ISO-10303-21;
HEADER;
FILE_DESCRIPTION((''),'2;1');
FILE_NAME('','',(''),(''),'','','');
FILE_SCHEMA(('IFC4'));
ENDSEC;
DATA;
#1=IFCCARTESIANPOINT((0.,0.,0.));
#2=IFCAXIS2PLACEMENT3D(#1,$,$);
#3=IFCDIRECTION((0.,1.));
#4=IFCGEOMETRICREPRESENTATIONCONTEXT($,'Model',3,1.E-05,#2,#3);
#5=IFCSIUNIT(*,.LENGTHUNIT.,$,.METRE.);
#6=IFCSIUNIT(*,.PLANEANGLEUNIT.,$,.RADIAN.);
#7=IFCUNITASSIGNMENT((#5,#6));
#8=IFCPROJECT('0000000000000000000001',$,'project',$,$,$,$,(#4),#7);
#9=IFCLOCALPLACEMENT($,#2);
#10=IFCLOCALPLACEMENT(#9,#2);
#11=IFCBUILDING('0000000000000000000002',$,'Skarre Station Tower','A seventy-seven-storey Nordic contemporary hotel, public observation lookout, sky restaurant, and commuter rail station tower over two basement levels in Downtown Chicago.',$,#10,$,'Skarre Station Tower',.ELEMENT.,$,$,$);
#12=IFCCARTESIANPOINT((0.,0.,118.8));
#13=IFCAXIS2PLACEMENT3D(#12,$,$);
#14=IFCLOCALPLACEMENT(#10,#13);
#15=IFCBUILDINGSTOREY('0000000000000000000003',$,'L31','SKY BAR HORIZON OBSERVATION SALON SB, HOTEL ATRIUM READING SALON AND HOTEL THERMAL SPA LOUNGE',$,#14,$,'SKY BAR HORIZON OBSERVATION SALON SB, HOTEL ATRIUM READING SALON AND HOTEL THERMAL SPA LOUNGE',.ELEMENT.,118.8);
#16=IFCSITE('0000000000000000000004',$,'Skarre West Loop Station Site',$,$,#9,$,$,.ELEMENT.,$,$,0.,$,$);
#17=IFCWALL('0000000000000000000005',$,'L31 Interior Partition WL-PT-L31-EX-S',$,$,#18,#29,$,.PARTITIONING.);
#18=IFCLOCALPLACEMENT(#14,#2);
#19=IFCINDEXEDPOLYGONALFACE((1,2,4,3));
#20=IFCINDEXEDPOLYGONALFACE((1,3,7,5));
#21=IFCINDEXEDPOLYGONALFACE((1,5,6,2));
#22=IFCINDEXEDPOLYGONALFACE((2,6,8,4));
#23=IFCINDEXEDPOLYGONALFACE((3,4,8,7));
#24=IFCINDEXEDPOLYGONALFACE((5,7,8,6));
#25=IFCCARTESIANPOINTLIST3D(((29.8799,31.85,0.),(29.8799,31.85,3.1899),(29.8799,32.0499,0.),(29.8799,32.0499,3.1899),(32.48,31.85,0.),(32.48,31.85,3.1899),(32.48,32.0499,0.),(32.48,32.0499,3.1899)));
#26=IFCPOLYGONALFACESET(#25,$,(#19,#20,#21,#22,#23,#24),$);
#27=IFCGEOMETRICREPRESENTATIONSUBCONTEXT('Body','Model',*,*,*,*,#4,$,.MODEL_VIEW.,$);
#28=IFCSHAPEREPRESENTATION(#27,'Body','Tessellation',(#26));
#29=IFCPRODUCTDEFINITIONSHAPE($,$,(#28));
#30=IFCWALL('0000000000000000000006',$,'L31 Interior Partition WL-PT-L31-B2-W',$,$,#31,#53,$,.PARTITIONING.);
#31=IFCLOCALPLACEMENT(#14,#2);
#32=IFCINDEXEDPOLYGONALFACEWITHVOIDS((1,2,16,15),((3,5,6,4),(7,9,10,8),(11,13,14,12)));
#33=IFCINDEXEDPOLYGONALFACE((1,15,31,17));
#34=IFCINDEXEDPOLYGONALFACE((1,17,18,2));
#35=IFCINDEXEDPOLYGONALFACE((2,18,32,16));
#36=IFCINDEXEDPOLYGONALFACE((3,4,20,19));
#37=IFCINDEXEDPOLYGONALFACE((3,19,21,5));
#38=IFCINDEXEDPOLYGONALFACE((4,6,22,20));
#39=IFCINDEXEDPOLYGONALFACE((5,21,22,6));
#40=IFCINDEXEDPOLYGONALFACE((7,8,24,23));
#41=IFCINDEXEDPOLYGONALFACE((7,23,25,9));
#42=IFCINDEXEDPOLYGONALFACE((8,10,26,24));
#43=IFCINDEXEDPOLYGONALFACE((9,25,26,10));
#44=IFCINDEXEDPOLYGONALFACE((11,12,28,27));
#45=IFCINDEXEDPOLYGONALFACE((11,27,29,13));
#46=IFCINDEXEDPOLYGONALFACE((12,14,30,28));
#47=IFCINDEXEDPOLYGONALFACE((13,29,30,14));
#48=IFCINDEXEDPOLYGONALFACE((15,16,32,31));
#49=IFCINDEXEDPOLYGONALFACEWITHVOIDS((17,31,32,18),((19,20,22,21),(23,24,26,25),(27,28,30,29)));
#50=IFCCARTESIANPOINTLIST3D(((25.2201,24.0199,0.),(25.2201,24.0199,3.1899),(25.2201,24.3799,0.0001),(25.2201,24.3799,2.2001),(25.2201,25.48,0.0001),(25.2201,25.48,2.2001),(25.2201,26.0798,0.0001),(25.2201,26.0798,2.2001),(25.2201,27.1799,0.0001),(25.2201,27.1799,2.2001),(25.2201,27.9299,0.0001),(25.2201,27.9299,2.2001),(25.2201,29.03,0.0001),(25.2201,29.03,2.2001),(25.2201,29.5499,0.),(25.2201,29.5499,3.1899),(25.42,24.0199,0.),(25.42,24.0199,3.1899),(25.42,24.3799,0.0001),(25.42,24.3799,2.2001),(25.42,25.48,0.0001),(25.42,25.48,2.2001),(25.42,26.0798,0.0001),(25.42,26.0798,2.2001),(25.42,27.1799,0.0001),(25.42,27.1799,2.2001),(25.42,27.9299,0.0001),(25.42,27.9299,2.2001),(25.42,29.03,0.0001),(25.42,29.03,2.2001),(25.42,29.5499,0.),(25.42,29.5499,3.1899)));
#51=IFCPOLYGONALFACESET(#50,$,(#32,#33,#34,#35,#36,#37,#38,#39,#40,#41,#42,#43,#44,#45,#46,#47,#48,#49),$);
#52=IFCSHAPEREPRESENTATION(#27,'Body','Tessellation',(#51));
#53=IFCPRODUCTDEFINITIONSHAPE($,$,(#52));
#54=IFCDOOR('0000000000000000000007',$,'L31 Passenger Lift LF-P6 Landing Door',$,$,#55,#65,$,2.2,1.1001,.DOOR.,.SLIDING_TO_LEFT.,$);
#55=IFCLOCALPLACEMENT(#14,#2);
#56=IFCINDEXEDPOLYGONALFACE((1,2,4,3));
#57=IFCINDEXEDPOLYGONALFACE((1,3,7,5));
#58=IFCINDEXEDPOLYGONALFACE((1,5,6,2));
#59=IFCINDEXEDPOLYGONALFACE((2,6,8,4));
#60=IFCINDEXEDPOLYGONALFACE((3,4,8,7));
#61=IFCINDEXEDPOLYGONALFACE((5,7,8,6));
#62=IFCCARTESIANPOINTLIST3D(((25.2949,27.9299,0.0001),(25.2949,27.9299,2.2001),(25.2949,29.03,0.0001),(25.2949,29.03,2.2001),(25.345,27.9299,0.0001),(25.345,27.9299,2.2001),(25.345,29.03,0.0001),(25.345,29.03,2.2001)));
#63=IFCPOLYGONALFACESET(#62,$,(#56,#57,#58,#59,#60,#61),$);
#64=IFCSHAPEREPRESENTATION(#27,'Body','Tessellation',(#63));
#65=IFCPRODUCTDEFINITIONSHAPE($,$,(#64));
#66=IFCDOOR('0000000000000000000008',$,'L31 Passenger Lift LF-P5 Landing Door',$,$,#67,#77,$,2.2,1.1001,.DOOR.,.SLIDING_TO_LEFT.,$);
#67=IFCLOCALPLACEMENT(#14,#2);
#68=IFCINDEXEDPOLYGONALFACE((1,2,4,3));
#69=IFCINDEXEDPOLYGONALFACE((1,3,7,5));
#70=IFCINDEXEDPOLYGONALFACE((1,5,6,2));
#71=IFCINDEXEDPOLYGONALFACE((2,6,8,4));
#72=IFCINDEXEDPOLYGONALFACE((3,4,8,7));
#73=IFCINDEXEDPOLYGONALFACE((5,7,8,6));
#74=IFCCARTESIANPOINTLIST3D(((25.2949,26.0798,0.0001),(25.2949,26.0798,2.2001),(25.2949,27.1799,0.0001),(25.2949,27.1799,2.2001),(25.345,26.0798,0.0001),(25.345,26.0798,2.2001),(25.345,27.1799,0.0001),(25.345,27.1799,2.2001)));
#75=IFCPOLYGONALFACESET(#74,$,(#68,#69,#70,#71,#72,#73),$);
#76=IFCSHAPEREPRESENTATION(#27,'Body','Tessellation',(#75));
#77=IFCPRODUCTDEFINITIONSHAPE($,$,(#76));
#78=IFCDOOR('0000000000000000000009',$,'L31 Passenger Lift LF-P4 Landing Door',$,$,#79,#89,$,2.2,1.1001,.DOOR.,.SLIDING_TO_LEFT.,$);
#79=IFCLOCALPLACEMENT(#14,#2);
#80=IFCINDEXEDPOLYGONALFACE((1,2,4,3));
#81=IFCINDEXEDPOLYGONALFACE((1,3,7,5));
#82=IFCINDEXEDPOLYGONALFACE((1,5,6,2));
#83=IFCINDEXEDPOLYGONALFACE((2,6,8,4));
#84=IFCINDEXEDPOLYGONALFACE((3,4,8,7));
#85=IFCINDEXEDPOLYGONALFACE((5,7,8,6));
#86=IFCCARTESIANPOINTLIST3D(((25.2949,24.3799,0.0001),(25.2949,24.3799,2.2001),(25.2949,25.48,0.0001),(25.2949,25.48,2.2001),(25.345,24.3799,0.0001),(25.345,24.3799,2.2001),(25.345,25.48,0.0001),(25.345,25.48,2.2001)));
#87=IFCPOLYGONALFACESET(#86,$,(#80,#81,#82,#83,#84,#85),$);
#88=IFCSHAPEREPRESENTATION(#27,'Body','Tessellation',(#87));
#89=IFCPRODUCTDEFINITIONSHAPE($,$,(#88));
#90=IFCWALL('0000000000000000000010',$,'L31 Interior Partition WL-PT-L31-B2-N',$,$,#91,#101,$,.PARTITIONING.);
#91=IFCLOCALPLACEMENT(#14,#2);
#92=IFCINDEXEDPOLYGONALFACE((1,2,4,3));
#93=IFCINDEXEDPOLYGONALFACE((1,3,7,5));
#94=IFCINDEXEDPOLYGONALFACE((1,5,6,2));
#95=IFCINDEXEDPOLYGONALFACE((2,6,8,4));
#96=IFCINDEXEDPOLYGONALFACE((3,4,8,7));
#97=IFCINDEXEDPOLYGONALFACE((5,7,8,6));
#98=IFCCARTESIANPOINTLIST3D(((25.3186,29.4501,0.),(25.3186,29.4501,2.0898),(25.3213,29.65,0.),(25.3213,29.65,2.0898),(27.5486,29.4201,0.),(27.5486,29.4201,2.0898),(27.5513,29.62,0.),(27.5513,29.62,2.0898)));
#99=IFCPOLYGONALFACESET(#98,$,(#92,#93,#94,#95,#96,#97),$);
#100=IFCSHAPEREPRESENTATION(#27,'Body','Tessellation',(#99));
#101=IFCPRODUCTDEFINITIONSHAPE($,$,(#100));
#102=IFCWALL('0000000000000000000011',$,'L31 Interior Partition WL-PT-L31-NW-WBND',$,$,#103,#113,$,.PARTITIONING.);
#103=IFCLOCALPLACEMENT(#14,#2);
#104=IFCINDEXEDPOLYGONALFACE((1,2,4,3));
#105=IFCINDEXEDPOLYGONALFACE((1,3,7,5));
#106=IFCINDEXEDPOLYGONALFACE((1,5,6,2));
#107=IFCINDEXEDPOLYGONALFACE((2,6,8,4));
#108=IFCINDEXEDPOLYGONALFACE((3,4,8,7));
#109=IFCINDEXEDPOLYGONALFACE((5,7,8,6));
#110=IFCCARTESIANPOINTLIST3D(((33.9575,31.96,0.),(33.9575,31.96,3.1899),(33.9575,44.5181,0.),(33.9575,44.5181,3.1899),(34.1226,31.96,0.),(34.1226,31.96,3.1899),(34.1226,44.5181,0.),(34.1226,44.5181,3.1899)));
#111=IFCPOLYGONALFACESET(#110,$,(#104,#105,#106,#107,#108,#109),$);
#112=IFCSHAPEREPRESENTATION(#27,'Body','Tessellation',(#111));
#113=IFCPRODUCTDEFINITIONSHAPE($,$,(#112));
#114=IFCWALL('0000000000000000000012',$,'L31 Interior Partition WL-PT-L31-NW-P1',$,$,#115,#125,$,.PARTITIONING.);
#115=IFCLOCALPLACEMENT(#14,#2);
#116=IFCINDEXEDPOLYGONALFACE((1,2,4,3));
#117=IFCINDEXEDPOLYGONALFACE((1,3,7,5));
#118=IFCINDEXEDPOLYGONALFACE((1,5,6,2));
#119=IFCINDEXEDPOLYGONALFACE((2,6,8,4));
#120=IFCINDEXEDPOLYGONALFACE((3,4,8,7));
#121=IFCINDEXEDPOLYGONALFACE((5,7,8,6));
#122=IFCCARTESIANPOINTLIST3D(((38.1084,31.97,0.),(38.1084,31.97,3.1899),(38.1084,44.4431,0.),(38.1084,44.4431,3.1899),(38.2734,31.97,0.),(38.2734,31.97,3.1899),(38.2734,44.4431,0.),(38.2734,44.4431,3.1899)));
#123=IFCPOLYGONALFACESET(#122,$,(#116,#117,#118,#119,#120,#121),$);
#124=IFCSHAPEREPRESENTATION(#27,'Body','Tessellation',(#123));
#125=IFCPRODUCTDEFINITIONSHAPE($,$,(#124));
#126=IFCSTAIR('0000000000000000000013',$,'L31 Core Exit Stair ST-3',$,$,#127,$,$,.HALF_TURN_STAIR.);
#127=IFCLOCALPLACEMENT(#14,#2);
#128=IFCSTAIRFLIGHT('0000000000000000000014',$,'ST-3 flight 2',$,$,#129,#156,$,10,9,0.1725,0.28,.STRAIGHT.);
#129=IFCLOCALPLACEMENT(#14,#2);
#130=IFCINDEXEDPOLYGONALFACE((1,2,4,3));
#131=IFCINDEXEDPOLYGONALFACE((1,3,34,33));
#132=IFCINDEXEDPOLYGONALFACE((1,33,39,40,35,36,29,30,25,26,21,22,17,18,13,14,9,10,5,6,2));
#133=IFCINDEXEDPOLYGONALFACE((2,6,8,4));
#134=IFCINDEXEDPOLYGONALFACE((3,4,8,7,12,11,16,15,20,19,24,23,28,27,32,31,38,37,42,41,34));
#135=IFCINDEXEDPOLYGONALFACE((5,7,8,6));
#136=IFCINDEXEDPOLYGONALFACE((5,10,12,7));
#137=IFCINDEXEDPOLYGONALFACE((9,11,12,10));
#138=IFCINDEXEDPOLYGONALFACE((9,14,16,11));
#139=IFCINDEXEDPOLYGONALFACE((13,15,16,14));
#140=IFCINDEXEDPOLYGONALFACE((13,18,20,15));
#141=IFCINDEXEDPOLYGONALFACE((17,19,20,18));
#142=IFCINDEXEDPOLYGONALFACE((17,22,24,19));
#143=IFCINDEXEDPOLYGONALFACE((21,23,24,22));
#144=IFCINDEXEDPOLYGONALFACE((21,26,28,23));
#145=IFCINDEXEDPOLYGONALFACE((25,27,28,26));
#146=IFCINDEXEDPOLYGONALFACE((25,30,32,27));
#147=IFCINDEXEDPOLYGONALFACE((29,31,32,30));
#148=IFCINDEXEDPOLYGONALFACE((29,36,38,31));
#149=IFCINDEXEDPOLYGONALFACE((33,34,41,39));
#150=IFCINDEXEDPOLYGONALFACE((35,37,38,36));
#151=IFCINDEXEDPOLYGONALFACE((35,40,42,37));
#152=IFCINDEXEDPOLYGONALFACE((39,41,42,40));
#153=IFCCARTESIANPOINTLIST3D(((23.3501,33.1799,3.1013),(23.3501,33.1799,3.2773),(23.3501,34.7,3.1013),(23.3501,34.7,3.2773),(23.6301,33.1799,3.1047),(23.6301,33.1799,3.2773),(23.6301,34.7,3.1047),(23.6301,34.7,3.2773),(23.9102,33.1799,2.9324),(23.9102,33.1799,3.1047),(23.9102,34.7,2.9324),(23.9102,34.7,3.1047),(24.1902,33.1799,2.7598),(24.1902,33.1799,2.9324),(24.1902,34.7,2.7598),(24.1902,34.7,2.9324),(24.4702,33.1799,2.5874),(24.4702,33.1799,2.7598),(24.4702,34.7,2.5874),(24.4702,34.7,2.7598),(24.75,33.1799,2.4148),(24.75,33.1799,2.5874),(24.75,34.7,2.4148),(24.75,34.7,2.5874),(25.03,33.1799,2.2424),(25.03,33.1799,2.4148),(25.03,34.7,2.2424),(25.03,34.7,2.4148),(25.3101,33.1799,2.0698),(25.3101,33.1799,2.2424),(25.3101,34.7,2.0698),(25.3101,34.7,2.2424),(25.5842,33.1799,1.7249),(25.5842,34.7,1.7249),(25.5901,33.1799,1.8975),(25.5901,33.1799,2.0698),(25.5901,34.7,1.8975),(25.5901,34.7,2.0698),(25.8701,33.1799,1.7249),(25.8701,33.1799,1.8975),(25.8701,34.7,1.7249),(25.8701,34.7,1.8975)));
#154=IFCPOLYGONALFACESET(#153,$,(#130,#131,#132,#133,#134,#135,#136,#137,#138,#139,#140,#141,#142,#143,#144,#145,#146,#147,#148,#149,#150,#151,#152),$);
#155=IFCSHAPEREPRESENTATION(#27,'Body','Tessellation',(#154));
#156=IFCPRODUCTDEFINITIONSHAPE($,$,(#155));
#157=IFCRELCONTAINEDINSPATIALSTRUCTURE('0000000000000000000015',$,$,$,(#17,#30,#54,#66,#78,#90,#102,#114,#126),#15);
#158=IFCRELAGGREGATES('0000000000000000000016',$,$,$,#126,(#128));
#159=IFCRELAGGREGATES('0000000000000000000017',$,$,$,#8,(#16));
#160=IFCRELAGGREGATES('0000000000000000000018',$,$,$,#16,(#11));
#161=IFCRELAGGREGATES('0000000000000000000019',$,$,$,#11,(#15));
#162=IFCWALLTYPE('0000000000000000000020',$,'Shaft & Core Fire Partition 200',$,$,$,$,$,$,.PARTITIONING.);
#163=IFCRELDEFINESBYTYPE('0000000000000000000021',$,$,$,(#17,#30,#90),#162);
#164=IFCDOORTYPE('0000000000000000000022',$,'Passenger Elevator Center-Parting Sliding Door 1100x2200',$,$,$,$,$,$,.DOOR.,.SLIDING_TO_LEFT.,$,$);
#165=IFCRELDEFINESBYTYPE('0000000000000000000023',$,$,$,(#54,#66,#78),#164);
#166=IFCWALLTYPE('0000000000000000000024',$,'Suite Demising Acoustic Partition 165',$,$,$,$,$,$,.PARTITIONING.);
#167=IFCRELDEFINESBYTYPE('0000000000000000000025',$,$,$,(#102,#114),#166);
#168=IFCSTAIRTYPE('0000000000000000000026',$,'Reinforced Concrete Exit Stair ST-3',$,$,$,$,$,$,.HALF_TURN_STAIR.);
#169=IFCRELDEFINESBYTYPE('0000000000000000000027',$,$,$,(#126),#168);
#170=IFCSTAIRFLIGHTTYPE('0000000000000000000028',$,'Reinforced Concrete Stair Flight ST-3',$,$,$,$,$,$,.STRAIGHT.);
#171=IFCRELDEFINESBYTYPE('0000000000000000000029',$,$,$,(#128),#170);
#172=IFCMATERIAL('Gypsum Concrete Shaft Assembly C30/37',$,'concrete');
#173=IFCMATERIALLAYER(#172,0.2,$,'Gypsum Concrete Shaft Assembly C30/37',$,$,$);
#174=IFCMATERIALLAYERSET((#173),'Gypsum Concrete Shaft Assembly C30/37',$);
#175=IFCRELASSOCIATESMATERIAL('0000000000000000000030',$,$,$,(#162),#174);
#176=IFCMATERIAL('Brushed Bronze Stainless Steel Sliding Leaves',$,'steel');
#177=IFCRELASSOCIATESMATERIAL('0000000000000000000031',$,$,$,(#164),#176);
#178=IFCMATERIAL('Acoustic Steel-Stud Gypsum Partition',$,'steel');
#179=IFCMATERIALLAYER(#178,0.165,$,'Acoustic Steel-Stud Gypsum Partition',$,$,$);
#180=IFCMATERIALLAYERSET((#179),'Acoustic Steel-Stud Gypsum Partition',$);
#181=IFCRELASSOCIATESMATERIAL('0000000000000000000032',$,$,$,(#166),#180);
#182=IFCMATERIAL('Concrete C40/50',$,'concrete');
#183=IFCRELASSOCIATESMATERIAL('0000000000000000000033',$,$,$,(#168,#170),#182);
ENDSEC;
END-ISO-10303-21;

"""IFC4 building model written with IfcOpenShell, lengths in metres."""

from ifc_helpers import new_model, si_unit, direction, frame, frame_2d, origin, place, context, subcontext, project, spatial, polyline, rectangle, outline, extrude, material, layer, layer_set, type_object, element, fill, aggregate, save


model = new_model("IFC4")

# Units and contexts
model_context = context("Model", 3, precision=1e-05, world=origin(), true_north=direction((0.0, 1.0)))
body_context = subcontext(model_context, "Body", "Model", "MODEL_VIEW")
ifc_project = project(units=[si_unit("LENGTHUNIT", "METRE"), si_unit("PLANEANGLEUNIT", "RADIAN")], contexts=[model_context])

# Site, building, storey
site_placement = place(None, origin())
site = spatial("IfcSite", under=ifc_project, at=site_placement, Name="Skarre West Loop Station Site", CompositionType="ELEMENT", RefElevation=0.0)
building_placement = place(site_placement, origin())
building = spatial("IfcBuilding", under=site, at=building_placement, Name="Skarre Station Tower", Description="A seventy-seven-storey Nordic contemporary hotel, public observation lookout, sky restaurant, and commuter rail station tower over two basement levels in Downtown Chicago.", LongName="Skarre Station Tower", CompositionType="ELEMENT")
storey_placement = place(building_placement, frame((0.0, 0.0, 118.8)))
storey = spatial("IfcBuildingStorey", under=building, at=storey_placement, Name="L31", Description="SKY BAR HORIZON OBSERVATION SALON SB, HOTEL ATRIUM READING SALON AND HOTEL THERMAL SPA LOUNGE", LongName="SKY BAR HORIZON OBSERVATION SALON SB, HOTEL ATRIUM READING SALON AND HOTEL THERMAL SPA LOUNGE", CompositionType="ELEMENT", Elevation=118.8)

# Shared definitions
ifc_material_1 = material(Name="Acoustic Steel-Stud Gypsum Partition", Category="steel")

# Wall
ifc_material_2 = material(Name="Gypsum Concrete Shaft Assembly C30/37", Category="concrete")
ifc_layer_1 = layer(ifc_material_2, 0.2, Name="Gypsum Concrete Shaft Assembly C30/37")
ifc_layer_set_1 = layer_set([ifc_layer_1], Name="Gypsum Concrete Shaft Assembly C30/37")
wall_type_1 = type_object("IfcWallType", Name="Shaft & Core Fire Partition 200", PredefinedType="PARTITIONING", material=ifc_layer_set_1)
wall_1_placement = place(storey_placement, frame((32.48, 31.95, 0.0), z_axis=(0.0, 0.0, 1.0), x_axis=(-1.0, 0.0, 0.0)))
element("IfcWall", 1, at=wall_1_placement, inside=storey, type_object=wall_type_1, Name="L31 Interior Partition WL-PT-L31-EX-S", PredefinedType="PARTITIONING", context=body_context, shape_type="SweptSolid", body=[
    extrude(rectangle(XDim=2.6001, YDim=0.2, at=frame_2d((1.3, 0.0))), origin(), (0.0, 0.0, 1.0), 3.1899),
])

# Wall, openings, doors
wall_2_placement = place(storey_placement, frame((25.3201, 29.55, 0.0), z_axis=(0.0, 0.0, 1.0), x_axis=(0.0, -1.0, 0.0)))
wall_2 = element("IfcWall", 2, at=wall_2_placement, inside=storey, type_object=wall_type_1, Name="L31 Interior Partition WL-PT-L31-B2-W", PredefinedType="PARTITIONING", context=body_context, shape_type="SweptSolid", body=[
    extrude(rectangle(XDim=5.53, YDim=0.2, at=frame_2d((2.7651, 0.0))), origin(), (0.0, 0.0, 1.0), 3.1899),
])
opening_1_placement = place(wall_2_placement, frame((0.52, 0.0, 0.0)))
opening_1 = element("IfcOpeningElement", 3, at=opening_1_placement, cuts=wall_2, PredefinedType="OPENING", context=body_context, shape_type="SweptSolid", body=[
    extrude(rectangle(XDim=1.1001, YDim=2.2, at=frame_2d((0.55, 1.1001))), frame((0.0, 0.1099, 0.0), z_axis=(0.0, -1.0, 0.0), x_axis=(1.0, 0.0, 0.0)), (0.0, 0.0, 1.0), 0.22),
])
opening_2_placement = place(wall_2_placement, frame((2.3701, 0.0, 0.0)))
opening_2 = element("IfcOpeningElement", 4, at=opening_2_placement, cuts=wall_2, PredefinedType="OPENING", context=body_context, shape_type="SweptSolid", body=[
    extrude(rectangle(XDim=1.1001, YDim=2.2, at=frame_2d((0.55, 1.1001))), frame((0.0, 0.1099, 0.0), z_axis=(0.0, -1.0, 0.0), x_axis=(1.0, 0.0, 0.0)), (0.0, 0.0, 1.0), 0.22),
])
opening_3_placement = place(wall_2_placement, frame((4.0701, 0.0, 0.0)))
opening_3 = element("IfcOpeningElement", 5, at=opening_3_placement, cuts=wall_2, PredefinedType="OPENING", context=body_context, shape_type="SweptSolid", body=[
    extrude(rectangle(XDim=1.1001, YDim=2.2, at=frame_2d((0.55, 1.1001))), frame((0.0, 0.1099, 0.0), z_axis=(0.0, -1.0, 0.0), x_axis=(1.0, 0.0, 0.0)), (0.0, 0.0, 1.0), 0.22),
])
ifc_material_3 = material(Name="Brushed Bronze Stainless Steel Sliding Leaves", Category="steel")
door_type_1 = type_object("IfcDoorType", Name="Passenger Elevator Center-Parting Sliding Door 1100x2200", OperationType="SLIDING_TO_LEFT", PredefinedType="DOOR", material=ifc_material_3)
door_1_placement = place(opening_1_placement, origin())
door_1 = element("IfcDoor", 6, at=door_1_placement, inside=storey, type_object=door_type_1, Name="L31 Passenger Lift LF-P6 Landing Door", OperationType="SLIDING_TO_LEFT", OverallHeight=2.2, OverallWidth=1.1001, PredefinedType="DOOR", context=body_context, shape_type="SweptSolid", body=[
    extrude(rectangle(XDim=1.1001, YDim=2.2, at=frame_2d((0.55, 1.1001))), frame((0.0, 0.0249, 0.0), z_axis=(0.0, -1.0, 0.0), x_axis=(1.0, 0.0, 0.0)), (0.0, 0.0, 1.0), 0.05),
])
fill(opening_1, door_1)
door_2_placement = place(opening_2_placement, origin())
door_2 = element("IfcDoor", 7, at=door_2_placement, inside=storey, type_object=door_type_1, Name="L31 Passenger Lift LF-P5 Landing Door", OperationType="SLIDING_TO_LEFT", OverallHeight=2.2, OverallWidth=1.1001, PredefinedType="DOOR", context=body_context, shape_type="SweptSolid", body=[
    extrude(rectangle(XDim=1.1001, YDim=2.2, at=frame_2d((0.55, 1.1001))), frame((0.0, 0.0249, 0.0), z_axis=(0.0, -1.0, 0.0), x_axis=(1.0, 0.0, 0.0)), (0.0, 0.0, 1.0), 0.05),
])
fill(opening_2, door_2)
door_3_placement = place(opening_3_placement, origin())
door_3 = element("IfcDoor", 8, at=door_3_placement, inside=storey, type_object=door_type_1, Name="L31 Passenger Lift LF-P4 Landing Door", OperationType="SLIDING_TO_LEFT", OverallHeight=2.2, OverallWidth=1.1001, PredefinedType="DOOR", context=body_context, shape_type="SweptSolid", body=[
    extrude(rectangle(XDim=1.1001, YDim=2.2, at=frame_2d((0.55, 1.1001))), frame((0.0, 0.0249, 0.0), z_axis=(0.0, -1.0, 0.0), x_axis=(1.0, 0.0, 0.0)), (0.0, 0.0, 1.0), 0.05),
])
fill(opening_3, door_3)

# Walls
wall_3_placement = place(storey_placement, frame((27.55, 29.52, 0.0), z_axis=(0.0, 0.0, 1.0), x_axis=(-0.999909, 0.013465, 0.0)))
element("IfcWall", 9, at=wall_3_placement, inside=storey, type_object=wall_type_1, Name="L31 Interior Partition WL-PT-L31-B2-N", PredefinedType="PARTITIONING", context=body_context, shape_type="SweptSolid", body=[
    extrude(rectangle(XDim=2.2302, YDim=0.2, at=frame_2d((1.1152, 0.0))), origin(), (0.0, 0.0, 1.0), 2.0898),
])
ifc_layer_2 = layer(ifc_material_1, 0.165, Name="Acoustic Steel-Stud Gypsum Partition")
ifc_layer_set_2 = layer_set([ifc_layer_2], Name="Acoustic Steel-Stud Gypsum Partition")
wall_type_2 = type_object("IfcWallType", Name="Suite Demising Acoustic Partition 165", PredefinedType="PARTITIONING", material=ifc_layer_set_2)
wall_4_placement = place(storey_placement, frame((34.04, 31.96, 0.0), z_axis=(0.0, 0.0, 1.0), x_axis=(0.0, 1.0, 0.0)))
element("IfcWall", 10, at=wall_4_placement, inside=storey, type_object=wall_type_2, Name="L31 Interior Partition WL-PT-L31-NW-WBND", PredefinedType="PARTITIONING", context=body_context, shape_type="SweptSolid", body=[
    extrude(rectangle(XDim=12.5581, YDim=0.165, at=frame_2d((6.2791, 0.0))), origin(), (0.0, 0.0, 1.0), 3.1899),
])
wall_5_placement = place(storey_placement, frame((38.1909, 31.97, 0.0), z_axis=(0.0, 0.0, 1.0), x_axis=(0.0, 1.0, 0.0)))
element("IfcWall", 11, at=wall_5_placement, inside=storey, type_object=wall_type_2, Name="L31 Interior Partition WL-PT-L31-NW-P1", PredefinedType="PARTITIONING", context=body_context, shape_type="SweptSolid", body=[
    extrude(rectangle(XDim=12.4731, YDim=0.165, at=frame_2d((6.2366, 0.0))), origin(), (0.0, 0.0, 1.0), 3.1899),
])

# Stair, stair flight
ifc_material_4 = material(Name="Concrete C40/50", Category="concrete")
stair_type = type_object("IfcStairType", Name="Reinforced Concrete Exit Stair ST-3", PredefinedType="HALF_TURN_STAIR", material=ifc_material_4)
stair_placement = place(storey_placement, origin())
stair = element("IfcStair", 12, at=stair_placement, inside=storey, type_object=stair_type, Name="L31 Core Exit Stair ST-3", PredefinedType="HALF_TURN_STAIR")
stair_flight_type = type_object("IfcStairFlightType", Name="Reinforced Concrete Stair Flight ST-3", PredefinedType="STRAIGHT", material=ifc_material_4)
stair_flight_placement = place(storey_placement, frame((25.8701, 33.9399, 1.7249), z_axis=(0.0, 0.0, 1.0), x_axis=(-1.0, 0.0, 0.0)))
stair_flight = element("IfcStairFlight", 13, at=stair_flight_placement, type_object=stair_flight_type, Name="ST-3 flight 2", NumberOfRisers=10, NumberOfTreads=9, PredefinedType="STRAIGHT", RiserHeight=0.1725, TreadLength=0.28, context=body_context, shape_type="SweptSolid", body=[
    extrude(outline(polyline([(0.0, 0.0), (0.0, 0.1726), (0.28, 0.1726), (0.28, 0.345), (0.5601, 0.345), (0.5601, 0.5176), (0.8401, 0.5176), (0.8401, 0.6899), (1.1201, 0.6899), (1.1201, 0.8625), (1.3999, 0.8625), (1.3999, 1.0349), (1.6799, 1.0349), (1.6799, 1.2075), (1.96, 1.2075), (1.96, 1.3799), (2.24, 1.3799), (2.24, 1.5525), (2.52, 1.5525), (2.52, 1.7251), (2.52, 1.3765), (0.2859, 0.0), (0.0, 0.0)])), frame((0.0, 0.76, 0.0), z_axis=(0.0, -1.0, 0.0), x_axis=(1.0, 0.0, 0.0)), (0.0, 0.0, 1.0), 1.52),
])
aggregate(stair, [stair_flight])

save(model, "model.ifc")
